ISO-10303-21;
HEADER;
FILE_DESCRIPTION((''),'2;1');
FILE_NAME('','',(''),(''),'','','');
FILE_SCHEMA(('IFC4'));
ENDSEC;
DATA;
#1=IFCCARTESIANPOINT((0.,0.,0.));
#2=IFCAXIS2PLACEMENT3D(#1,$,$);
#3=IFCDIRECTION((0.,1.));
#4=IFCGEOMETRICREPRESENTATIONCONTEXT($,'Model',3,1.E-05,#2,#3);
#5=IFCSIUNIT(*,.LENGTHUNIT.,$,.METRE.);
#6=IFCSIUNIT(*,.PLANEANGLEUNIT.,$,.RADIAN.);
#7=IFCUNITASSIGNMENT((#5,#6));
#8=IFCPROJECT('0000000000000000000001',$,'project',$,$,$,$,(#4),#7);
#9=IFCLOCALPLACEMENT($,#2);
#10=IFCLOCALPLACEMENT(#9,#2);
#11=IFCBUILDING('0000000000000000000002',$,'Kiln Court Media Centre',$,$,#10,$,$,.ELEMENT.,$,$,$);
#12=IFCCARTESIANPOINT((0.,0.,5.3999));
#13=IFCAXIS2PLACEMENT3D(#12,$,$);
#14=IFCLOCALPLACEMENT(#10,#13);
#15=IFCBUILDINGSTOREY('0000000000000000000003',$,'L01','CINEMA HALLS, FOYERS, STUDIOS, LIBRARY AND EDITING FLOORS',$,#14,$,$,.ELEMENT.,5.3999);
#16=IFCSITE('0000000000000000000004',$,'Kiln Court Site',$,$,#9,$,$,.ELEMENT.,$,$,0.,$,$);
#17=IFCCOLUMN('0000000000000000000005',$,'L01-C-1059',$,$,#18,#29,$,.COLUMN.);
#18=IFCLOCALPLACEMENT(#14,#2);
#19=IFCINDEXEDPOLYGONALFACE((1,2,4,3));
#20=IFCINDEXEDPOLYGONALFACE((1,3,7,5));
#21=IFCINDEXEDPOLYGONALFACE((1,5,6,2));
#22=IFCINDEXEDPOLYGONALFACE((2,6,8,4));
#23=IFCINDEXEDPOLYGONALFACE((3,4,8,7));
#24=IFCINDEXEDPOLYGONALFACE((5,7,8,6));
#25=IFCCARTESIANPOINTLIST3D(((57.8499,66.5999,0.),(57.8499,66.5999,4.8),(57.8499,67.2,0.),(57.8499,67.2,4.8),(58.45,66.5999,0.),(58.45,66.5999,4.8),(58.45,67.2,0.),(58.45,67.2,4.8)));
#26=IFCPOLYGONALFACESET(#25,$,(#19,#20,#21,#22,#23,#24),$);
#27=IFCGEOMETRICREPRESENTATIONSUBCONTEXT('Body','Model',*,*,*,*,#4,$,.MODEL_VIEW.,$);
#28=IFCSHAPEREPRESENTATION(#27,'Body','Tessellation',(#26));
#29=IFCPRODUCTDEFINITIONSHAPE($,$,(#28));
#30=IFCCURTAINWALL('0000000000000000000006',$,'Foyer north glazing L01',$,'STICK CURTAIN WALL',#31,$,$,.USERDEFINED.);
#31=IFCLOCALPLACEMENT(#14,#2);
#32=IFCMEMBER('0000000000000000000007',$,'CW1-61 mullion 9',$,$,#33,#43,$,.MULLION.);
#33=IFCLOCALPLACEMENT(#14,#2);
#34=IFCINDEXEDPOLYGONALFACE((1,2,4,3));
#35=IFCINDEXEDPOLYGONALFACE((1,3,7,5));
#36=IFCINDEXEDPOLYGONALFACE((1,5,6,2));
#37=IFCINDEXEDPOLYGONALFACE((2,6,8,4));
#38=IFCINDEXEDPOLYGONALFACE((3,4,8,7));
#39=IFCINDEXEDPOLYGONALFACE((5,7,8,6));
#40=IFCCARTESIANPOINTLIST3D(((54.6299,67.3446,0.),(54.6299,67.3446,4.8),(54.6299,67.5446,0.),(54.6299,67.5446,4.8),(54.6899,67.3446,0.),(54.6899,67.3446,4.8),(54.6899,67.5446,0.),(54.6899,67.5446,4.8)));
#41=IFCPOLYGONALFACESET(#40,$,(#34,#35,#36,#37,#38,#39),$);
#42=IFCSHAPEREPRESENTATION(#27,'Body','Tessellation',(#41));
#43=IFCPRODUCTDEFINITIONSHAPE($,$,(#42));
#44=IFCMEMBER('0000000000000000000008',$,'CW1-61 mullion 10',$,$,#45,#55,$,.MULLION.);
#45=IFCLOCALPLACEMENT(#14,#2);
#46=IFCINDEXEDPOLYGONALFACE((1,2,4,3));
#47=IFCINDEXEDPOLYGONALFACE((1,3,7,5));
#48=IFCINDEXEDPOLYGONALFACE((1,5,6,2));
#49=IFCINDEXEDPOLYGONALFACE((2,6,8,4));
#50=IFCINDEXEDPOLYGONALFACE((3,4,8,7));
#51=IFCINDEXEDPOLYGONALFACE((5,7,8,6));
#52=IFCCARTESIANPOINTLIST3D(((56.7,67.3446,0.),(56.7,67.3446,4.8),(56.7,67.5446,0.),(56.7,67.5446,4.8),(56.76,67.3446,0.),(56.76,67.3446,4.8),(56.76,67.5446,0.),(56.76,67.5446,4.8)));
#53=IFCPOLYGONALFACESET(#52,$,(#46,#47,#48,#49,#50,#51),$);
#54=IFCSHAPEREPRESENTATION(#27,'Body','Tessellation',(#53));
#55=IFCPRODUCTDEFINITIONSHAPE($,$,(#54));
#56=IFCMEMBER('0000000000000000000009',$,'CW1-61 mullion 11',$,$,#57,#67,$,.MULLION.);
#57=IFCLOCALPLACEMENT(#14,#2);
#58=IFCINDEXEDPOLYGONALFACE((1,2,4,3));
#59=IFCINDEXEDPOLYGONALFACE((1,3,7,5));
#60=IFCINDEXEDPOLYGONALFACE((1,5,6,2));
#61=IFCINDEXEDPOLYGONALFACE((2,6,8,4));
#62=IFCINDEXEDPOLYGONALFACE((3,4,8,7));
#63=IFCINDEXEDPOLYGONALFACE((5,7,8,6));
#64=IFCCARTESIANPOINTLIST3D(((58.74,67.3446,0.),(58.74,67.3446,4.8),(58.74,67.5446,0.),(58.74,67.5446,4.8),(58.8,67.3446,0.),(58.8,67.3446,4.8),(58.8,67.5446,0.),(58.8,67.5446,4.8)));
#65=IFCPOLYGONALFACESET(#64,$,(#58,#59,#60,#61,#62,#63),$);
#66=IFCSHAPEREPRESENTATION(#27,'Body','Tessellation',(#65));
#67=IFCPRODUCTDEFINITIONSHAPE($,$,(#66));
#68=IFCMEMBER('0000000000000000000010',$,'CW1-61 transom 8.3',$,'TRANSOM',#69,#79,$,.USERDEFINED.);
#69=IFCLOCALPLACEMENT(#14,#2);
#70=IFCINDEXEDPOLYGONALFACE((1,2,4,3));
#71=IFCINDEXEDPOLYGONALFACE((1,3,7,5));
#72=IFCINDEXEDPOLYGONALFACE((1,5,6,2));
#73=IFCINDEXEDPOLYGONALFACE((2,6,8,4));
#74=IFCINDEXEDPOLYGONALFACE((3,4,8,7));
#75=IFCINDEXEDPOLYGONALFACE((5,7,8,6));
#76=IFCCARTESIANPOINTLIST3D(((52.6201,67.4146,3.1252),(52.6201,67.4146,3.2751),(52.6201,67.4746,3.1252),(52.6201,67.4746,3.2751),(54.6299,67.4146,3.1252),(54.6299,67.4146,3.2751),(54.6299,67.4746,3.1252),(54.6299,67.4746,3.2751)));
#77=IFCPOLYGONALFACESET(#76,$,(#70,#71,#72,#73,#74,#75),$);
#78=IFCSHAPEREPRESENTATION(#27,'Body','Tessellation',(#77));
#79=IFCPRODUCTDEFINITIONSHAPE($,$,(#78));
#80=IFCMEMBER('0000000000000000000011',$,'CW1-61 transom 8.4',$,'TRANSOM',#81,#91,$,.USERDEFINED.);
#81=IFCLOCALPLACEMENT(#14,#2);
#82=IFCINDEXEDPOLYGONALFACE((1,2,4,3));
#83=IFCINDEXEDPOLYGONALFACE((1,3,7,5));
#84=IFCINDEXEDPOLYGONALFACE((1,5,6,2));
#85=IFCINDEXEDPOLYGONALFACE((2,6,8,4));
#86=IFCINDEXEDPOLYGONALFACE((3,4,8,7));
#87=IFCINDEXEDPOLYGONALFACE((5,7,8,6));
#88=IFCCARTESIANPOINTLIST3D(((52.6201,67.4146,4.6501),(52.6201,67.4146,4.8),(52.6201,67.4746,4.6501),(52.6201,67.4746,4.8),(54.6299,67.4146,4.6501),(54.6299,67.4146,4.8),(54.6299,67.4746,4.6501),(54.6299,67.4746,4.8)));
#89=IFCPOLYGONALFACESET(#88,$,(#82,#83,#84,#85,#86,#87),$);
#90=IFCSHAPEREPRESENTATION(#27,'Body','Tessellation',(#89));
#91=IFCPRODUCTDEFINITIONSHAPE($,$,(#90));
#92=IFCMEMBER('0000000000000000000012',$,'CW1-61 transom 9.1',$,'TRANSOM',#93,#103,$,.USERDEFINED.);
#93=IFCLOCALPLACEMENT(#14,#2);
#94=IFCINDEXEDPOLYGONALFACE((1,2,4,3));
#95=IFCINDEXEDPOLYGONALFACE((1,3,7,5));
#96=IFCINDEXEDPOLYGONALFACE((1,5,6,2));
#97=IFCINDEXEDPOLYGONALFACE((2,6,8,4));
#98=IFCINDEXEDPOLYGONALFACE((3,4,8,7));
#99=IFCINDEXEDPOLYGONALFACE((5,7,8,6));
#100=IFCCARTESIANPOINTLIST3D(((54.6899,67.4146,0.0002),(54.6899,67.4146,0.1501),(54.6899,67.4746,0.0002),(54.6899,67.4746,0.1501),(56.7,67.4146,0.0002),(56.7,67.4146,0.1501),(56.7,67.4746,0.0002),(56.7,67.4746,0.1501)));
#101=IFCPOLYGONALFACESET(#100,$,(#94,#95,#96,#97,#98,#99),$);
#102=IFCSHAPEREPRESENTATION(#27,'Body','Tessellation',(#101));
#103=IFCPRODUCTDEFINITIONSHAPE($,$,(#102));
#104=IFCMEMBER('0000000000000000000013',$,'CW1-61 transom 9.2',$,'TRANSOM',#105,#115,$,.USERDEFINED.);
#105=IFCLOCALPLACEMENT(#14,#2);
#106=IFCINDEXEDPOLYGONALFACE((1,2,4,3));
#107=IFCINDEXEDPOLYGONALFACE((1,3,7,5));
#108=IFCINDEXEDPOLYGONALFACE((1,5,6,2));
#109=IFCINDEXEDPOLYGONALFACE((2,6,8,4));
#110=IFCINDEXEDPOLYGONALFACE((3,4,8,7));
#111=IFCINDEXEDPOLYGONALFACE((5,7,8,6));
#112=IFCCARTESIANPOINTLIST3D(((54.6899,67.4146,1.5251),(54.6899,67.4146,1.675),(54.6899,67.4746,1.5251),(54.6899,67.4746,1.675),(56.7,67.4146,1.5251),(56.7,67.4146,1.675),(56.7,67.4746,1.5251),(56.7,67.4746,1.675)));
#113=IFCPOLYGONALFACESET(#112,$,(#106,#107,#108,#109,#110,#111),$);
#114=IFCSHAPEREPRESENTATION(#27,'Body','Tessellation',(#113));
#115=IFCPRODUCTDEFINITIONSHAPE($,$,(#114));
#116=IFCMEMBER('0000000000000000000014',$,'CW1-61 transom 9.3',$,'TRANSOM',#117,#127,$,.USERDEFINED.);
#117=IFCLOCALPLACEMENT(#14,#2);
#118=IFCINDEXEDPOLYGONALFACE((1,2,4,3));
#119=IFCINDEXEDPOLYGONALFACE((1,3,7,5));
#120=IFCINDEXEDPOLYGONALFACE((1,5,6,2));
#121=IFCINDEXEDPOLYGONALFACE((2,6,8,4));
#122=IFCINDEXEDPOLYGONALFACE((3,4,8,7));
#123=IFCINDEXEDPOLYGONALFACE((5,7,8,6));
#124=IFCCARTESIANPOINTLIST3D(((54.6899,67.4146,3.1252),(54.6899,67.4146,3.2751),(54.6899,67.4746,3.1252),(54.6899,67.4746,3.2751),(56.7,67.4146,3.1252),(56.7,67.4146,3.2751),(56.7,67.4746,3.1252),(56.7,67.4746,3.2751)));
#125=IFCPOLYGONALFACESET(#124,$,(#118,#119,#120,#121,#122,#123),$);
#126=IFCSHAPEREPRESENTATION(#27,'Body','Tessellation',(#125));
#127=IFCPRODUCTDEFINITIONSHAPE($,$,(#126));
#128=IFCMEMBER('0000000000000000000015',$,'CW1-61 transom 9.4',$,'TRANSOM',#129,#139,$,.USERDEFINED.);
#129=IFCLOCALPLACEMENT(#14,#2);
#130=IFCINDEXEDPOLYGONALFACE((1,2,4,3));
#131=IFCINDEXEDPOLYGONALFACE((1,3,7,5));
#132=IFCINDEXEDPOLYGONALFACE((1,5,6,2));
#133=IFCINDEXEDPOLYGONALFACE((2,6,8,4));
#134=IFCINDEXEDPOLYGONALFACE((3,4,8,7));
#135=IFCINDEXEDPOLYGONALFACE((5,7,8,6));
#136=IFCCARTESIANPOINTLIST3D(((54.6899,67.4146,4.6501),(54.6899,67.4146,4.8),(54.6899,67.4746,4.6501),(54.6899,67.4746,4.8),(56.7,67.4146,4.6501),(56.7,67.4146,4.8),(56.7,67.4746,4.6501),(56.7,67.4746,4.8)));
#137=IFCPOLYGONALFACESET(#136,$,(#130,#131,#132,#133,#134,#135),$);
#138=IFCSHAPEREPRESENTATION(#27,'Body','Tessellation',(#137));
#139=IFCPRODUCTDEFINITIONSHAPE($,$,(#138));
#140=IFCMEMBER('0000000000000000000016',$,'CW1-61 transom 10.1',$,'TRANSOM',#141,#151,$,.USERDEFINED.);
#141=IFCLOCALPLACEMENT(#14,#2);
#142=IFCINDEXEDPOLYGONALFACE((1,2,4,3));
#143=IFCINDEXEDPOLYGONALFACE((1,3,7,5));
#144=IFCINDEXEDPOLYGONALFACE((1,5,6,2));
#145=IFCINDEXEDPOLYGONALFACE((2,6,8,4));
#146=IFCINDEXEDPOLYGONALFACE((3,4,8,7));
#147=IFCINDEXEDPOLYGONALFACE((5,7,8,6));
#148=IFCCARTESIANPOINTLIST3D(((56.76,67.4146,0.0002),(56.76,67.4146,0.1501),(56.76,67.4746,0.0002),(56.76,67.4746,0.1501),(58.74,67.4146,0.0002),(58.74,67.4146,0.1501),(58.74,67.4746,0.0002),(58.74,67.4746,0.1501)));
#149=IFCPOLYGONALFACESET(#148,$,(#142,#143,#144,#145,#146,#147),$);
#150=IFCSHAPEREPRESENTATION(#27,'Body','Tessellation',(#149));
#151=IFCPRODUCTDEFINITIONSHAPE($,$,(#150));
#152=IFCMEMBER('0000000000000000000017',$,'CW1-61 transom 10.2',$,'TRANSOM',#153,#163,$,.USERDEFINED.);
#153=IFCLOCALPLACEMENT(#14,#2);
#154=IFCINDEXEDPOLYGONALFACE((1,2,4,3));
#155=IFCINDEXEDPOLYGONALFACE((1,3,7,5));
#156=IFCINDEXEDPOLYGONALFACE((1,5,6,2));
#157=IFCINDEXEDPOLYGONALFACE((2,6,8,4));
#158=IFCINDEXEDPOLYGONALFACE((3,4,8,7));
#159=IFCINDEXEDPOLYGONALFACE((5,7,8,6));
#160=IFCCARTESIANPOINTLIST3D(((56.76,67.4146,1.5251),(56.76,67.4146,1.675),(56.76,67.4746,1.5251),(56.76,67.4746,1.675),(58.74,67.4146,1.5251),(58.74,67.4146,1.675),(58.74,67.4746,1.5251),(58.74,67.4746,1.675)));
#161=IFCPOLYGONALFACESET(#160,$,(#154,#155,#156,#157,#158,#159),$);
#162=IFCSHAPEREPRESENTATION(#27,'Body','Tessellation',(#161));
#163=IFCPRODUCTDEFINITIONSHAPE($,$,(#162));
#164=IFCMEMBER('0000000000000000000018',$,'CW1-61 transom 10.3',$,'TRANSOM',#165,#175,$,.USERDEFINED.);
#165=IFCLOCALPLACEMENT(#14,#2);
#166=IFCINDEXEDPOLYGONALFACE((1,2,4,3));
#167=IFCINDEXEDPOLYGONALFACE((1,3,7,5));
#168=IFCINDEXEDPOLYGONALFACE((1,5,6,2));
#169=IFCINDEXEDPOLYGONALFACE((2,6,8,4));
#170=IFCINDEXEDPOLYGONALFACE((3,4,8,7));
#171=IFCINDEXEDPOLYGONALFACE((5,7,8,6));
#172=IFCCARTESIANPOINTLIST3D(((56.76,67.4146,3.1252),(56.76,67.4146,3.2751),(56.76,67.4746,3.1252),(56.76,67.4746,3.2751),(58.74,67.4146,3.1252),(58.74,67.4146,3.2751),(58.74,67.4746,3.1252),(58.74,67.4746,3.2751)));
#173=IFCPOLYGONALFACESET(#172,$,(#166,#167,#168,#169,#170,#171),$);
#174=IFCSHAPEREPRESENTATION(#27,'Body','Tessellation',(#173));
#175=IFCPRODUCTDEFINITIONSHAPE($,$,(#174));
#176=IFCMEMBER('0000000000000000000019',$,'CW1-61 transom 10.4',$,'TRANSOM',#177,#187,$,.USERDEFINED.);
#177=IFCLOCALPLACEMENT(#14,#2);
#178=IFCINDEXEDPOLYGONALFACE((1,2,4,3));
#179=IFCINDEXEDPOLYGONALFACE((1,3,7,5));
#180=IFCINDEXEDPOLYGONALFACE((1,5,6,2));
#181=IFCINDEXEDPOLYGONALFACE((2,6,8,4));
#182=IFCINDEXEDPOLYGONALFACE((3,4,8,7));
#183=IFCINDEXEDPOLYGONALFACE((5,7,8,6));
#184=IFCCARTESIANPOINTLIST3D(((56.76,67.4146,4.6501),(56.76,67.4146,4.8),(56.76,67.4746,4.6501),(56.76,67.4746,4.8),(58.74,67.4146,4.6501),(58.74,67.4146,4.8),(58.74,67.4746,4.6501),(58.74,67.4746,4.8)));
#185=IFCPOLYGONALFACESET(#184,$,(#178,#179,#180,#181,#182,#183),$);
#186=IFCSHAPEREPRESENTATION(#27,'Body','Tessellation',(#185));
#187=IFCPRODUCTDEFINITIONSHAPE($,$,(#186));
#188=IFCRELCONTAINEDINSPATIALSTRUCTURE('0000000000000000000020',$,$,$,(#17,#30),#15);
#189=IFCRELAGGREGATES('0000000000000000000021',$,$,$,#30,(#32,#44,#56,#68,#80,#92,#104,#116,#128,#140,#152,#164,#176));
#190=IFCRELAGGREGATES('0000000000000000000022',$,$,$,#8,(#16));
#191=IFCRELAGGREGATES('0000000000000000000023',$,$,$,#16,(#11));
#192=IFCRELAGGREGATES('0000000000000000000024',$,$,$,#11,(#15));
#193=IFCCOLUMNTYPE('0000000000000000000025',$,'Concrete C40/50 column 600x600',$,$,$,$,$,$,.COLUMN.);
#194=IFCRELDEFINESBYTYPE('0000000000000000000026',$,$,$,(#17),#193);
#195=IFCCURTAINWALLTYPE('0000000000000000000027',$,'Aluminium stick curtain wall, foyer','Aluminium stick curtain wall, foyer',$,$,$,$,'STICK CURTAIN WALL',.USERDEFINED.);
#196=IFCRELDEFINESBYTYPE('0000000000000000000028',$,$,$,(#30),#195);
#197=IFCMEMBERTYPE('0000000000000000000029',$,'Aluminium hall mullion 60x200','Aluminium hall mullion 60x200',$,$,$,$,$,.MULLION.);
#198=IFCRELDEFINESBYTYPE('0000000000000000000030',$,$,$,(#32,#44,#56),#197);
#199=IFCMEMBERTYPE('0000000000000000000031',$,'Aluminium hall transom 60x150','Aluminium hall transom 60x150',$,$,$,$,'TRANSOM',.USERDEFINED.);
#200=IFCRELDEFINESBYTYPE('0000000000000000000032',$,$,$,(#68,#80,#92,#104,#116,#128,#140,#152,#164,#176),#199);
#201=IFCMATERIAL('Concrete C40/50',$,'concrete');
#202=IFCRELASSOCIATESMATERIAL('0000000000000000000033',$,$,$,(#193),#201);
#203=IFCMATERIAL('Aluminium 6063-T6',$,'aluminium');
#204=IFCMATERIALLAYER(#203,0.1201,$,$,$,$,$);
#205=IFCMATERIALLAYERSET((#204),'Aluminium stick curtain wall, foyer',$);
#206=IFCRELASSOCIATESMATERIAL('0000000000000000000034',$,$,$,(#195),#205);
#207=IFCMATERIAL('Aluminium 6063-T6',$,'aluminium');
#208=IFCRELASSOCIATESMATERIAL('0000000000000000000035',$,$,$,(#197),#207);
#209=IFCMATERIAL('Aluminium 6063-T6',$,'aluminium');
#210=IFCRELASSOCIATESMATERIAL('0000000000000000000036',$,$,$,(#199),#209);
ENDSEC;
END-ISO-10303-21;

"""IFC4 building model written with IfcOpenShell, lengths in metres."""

from ifc_helpers import new_model, si_unit, direction, frame, origin, origin_2d, place, context, subcontext, project, spatial, rectangle, extrude, material, layer, layer_set, material_profile, profile_set, type_object, element, aggregate, save


model = new_model("IFC4")

# Units and contexts
model_context = context("Model", 3, precision=1e-05, world=origin(), true_north=direction((0.0, 1.0)))
body_context = subcontext(model_context, "Body", "Model", "MODEL_VIEW")
ifc_project = project(units=[si_unit("LENGTHUNIT", "METRE"), si_unit("PLANEANGLEUNIT", "RADIAN")], contexts=[model_context])

# Site, building, storey
site_placement = place(None, origin())
site = spatial("IfcSite", under=ifc_project, at=site_placement, Name="Kiln Court Site", CompositionType="ELEMENT", RefElevation=0.0)
building_placement = place(site_placement, origin())
building = spatial("IfcBuilding", under=site, at=building_placement, Name="Kiln Court Media Centre", CompositionType="ELEMENT")
storey_placement = place(building_placement, frame((0.0, 0.0, 5.3999)))
storey = spatial("IfcBuildingStorey", under=building, at=storey_placement, Name="L01", Description="CINEMA HALLS, FOYERS, STUDIOS, LIBRARY AND EDITING FLOORS", CompositionType="ELEMENT", Elevation=5.3999)

# Column
ifc_material_1 = material(Name="Concrete C40/50", Category="concrete")
ifc_material_profile_1 = material_profile(ifc_material_1, rectangle(XDim=0.6001, YDim=0.6001, at=origin_2d()), Name="RC 600x600")
ifc_profile_set_1 = profile_set([ifc_material_profile_1], Name="Concrete C40/50")
column_type = type_object("IfcColumnType", Name="Concrete C40/50 column 600x600", PredefinedType="COLUMN", material=ifc_profile_set_1)
column_placement = place(storey_placement, frame((58.1499, 66.8999, 0.0), z_axis=(0.0, 0.0, 1.0), x_axis=(1.0, 0.0, 0.0)))
element("IfcColumn", 1, at=column_placement, inside=storey, type_object=column_type, Name="L01-C-1059", PredefinedType="COLUMN", context=body_context, shape_type="SweptSolid", body=[
    extrude(rectangle(XDim=0.6001, YDim=0.6001, at=origin_2d()), origin(), (0.0, 0.0, 1.0), 4.8),
])

# Curtain wall, members
ifc_material_2 = material(Name="Aluminium 6063-T6", Category="aluminium")
ifc_layer_1 = layer(ifc_material_2, 0.1201)
ifc_layer_set_1 = layer_set([ifc_layer_1], Name="Aluminium stick curtain wall, foyer")
curtain_wall_type = type_object("IfcCurtainWallType", Name="Aluminium stick curtain wall, foyer", Description="Aluminium stick curtain wall, foyer", ElementType="STICK CURTAIN WALL", PredefinedType="USERDEFINED", material=ifc_layer_set_1)
curtain_wall_placement = place(storey_placement, origin())
curtain_wall = element("IfcCurtainWall", 2, at=curtain_wall_placement, inside=storey, type_object=curtain_wall_type, Name="Foyer north glazing L01", ObjectType="STICK CURTAIN WALL", PredefinedType="USERDEFINED")
ifc_material_3 = material(Name="Aluminium 6063-T6", Category="aluminium")
ifc_material_profile_2 = material_profile(ifc_material_3, rectangle(XDim=0.0601, YDim=0.2, at=origin_2d()), Name="Aluminium hall mullion 60x200")
ifc_profile_set_2 = profile_set([ifc_material_profile_2], Name="Aluminium 6063-T6")
member_type_1 = type_object("IfcMemberType", Name="Aluminium hall mullion 60x200", Description="Aluminium hall mullion 60x200", PredefinedType="MULLION", material=ifc_profile_set_2)
member_1_placement = place(storey_placement, frame((54.6599, 67.4446, 0.0), z_axis=(0.0, 0.0, 1.0), x_axis=(1.0, 0.0, 0.0)))
member_1 = element("IfcMember", 3, at=member_1_placement, type_object=member_type_1, Name="CW1-61 mullion 9", PredefinedType="MULLION", context=body_context, shape_type="SweptSolid", body=[
    extrude(rectangle(XDim=0.0601, YDim=0.2, at=origin_2d()), origin(), (0.0, 0.0, 1.0), 4.8),
])
member_2_placement = place(storey_placement, frame((56.73, 67.4446, 0.0), z_axis=(0.0, 0.0, 1.0), x_axis=(1.0, 0.0, 0.0)))
member_2 = element("IfcMember", 4, at=member_2_placement, type_object=member_type_1, Name="CW1-61 mullion 10", PredefinedType="MULLION", context=body_context, shape_type="SweptSolid", body=[
    extrude(rectangle(XDim=0.0601, YDim=0.2, at=origin_2d()), origin(), (0.0, 0.0, 1.0), 4.8),
])
member_3_placement = place(storey_placement, frame((58.77, 67.4446, 0.0), z_axis=(0.0, 0.0, 1.0), x_axis=(1.0, 0.0, 0.0)))
member_3 = element("IfcMember", 5, at=member_3_placement, type_object=member_type_1, Name="CW1-61 mullion 11", PredefinedType="MULLION", context=body_context, shape_type="SweptSolid", body=[
    extrude(rectangle(XDim=0.0601, YDim=0.2, at=origin_2d()), origin(), (0.0, 0.0, 1.0), 4.8),
])
ifc_material_4 = material(Name="Aluminium 6063-T6", Category="aluminium")
ifc_material_profile_3 = material_profile(ifc_material_4, rectangle(XDim=0.0601, YDim=0.1499, at=origin_2d()), Name="Aluminium hall transom 60x150")
ifc_profile_set_3 = profile_set([ifc_material_profile_3], Name="Aluminium 6063-T6")
member_type_2 = type_object("IfcMemberType", Name="Aluminium hall transom 60x150", Description="Aluminium hall transom 60x150", ElementType="TRANSOM", PredefinedType="USERDEFINED", material=ifc_profile_set_3)
member_4_placement = place(storey_placement, frame((52.6201, 67.4446, 3.2002), z_axis=(1.0, 0.0, 0.0), x_axis=(0.0, 1.0, 0.0)))
member_4 = element("IfcMember", 6, at=member_4_placement, type_object=member_type_2, Name="CW1-61 transom 8.3", ObjectType="TRANSOM", PredefinedType="USERDEFINED", context=body_context, shape_type="SweptSolid", body=[
    extrude(rectangle(XDim=0.0601, YDim=0.1499, at=origin_2d()), origin(), (0.0, 0.0, 1.0), 2.0098),
])
member_5_placement = place(storey_placement, frame((52.6201, 67.4446, 4.7251), z_axis=(1.0, 0.0, 0.0), x_axis=(0.0, 1.0, 0.0)))
member_5 = element("IfcMember", 7, at=member_5_placement, type_object=member_type_2, Name="CW1-61 transom 8.4", ObjectType="TRANSOM", PredefinedType="USERDEFINED", context=body_context, shape_type="SweptSolid", body=[
    extrude(rectangle(XDim=0.0601, YDim=0.1499, at=origin_2d()), origin(), (0.0, 0.0, 1.0), 2.0098),
])
member_6_placement = place(storey_placement, frame((54.6899, 67.4446, 0.0752), z_axis=(1.0, 0.0, 0.0), x_axis=(0.0, 1.0, 0.0)))
member_6 = element("IfcMember", 8, at=member_6_placement, type_object=member_type_2, Name="CW1-61 transom 9.1", ObjectType="TRANSOM", PredefinedType="USERDEFINED", context=body_context, shape_type="SweptSolid", body=[
    extrude(rectangle(XDim=0.0601, YDim=0.1499, at=origin_2d()), origin(), (0.0, 0.0, 1.0), 2.01),
])
member_7_placement = place(storey_placement, frame((54.6899, 67.4446, 1.6001), z_axis=(1.0, 0.0, 0.0), x_axis=(0.0, 1.0, 0.0)))
member_7 = element("IfcMember", 9, at=member_7_placement, type_object=member_type_2, Name="CW1-61 transom 9.2", ObjectType="TRANSOM", PredefinedType="USERDEFINED", context=body_context, shape_type="SweptSolid", body=[
    extrude(rectangle(XDim=0.0601, YDim=0.1499, at=origin_2d()), origin(), (0.0, 0.0, 1.0), 2.01),
])
member_8_placement = place(storey_placement, frame((54.6899, 67.4446, 3.2002), z_axis=(1.0, 0.0, 0.0), x_axis=(0.0, 1.0, 0.0)))
member_8 = element("IfcMember", 10, at=member_8_placement, type_object=member_type_2, Name="CW1-61 transom 9.3", ObjectType="TRANSOM", PredefinedType="USERDEFINED", context=body_context, shape_type="SweptSolid", body=[
    extrude(rectangle(XDim=0.0601, YDim=0.1499, at=origin_2d()), origin(), (0.0, 0.0, 1.0), 2.01),
])
member_9_placement = place(storey_placement, frame((54.6899, 67.4446, 4.7251), z_axis=(1.0, 0.0, 0.0), x_axis=(0.0, 1.0, 0.0)))
member_9 = element("IfcMember", 11, at=member_9_placement, type_object=member_type_2, Name="CW1-61 transom 9.4", ObjectType="TRANSOM", PredefinedType="USERDEFINED", context=body_context, shape_type="SweptSolid", body=[
    extrude(rectangle(XDim=0.0601, YDim=0.1499, at=origin_2d()), origin(), (0.0, 0.0, 1.0), 2.01),
])
member_10_placement = place(storey_placement, frame((56.76, 67.4446, 0.0752), z_axis=(1.0, 0.0, 0.0), x_axis=(0.0, 1.0, 0.0)))
member_10 = element("IfcMember", 12, at=member_10_placement, type_object=member_type_2, Name="CW1-61 transom 10.1", ObjectType="TRANSOM", PredefinedType="USERDEFINED", context=body_context, shape_type="SweptSolid", body=[
    extrude(rectangle(XDim=0.0601, YDim=0.1499, at=origin_2d()), origin(), (0.0, 0.0, 1.0), 1.98),
])
member_11_placement = place(storey_placement, frame((56.76, 67.4446, 1.6001), z_axis=(1.0, 0.0, 0.0), x_axis=(0.0, 1.0, 0.0)))
member_11 = element("IfcMember", 13, at=member_11_placement, type_object=member_type_2, Name="CW1-61 transom 10.2", ObjectType="TRANSOM", PredefinedType="USERDEFINED", context=body_context, shape_type="SweptSolid", body=[
    extrude(rectangle(XDim=0.0601, YDim=0.1499, at=origin_2d()), origin(), (0.0, 0.0, 1.0), 1.98),
])
member_12_placement = place(storey_placement, frame((56.76, 67.4446, 3.2002), z_axis=(1.0, 0.0, 0.0), x_axis=(0.0, 1.0, 0.0)))
member_12 = element("IfcMember", 14, at=member_12_placement, type_object=member_type_2, Name="CW1-61 transom 10.3", ObjectType="TRANSOM", PredefinedType="USERDEFINED", context=body_context, shape_type="SweptSolid", body=[
    extrude(rectangle(XDim=0.0601, YDim=0.1499, at=origin_2d()), origin(), (0.0, 0.0, 1.0), 1.98),
])
member_13_placement = place(storey_placement, frame((56.76, 67.4446, 4.7251), z_axis=(1.0, 0.0, 0.0), x_axis=(0.0, 1.0, 0.0)))
member_13 = element("IfcMember", 15, at=member_13_placement, type_object=member_type_2, Name="CW1-61 transom 10.4", ObjectType="TRANSOM", PredefinedType="USERDEFINED", context=body_context, shape_type="SweptSolid", body=[
    extrude(rectangle(XDim=0.0601, YDim=0.1499, at=origin_2d()), origin(), (0.0, 0.0, 1.0), 1.98),
])
aggregate(curtain_wall, [member_1, member_2, member_3, member_4, member_5, member_6, member_7, member_8, member_9, member_10, member_11, member_12, member_13])

save(model, "model.ifc")
